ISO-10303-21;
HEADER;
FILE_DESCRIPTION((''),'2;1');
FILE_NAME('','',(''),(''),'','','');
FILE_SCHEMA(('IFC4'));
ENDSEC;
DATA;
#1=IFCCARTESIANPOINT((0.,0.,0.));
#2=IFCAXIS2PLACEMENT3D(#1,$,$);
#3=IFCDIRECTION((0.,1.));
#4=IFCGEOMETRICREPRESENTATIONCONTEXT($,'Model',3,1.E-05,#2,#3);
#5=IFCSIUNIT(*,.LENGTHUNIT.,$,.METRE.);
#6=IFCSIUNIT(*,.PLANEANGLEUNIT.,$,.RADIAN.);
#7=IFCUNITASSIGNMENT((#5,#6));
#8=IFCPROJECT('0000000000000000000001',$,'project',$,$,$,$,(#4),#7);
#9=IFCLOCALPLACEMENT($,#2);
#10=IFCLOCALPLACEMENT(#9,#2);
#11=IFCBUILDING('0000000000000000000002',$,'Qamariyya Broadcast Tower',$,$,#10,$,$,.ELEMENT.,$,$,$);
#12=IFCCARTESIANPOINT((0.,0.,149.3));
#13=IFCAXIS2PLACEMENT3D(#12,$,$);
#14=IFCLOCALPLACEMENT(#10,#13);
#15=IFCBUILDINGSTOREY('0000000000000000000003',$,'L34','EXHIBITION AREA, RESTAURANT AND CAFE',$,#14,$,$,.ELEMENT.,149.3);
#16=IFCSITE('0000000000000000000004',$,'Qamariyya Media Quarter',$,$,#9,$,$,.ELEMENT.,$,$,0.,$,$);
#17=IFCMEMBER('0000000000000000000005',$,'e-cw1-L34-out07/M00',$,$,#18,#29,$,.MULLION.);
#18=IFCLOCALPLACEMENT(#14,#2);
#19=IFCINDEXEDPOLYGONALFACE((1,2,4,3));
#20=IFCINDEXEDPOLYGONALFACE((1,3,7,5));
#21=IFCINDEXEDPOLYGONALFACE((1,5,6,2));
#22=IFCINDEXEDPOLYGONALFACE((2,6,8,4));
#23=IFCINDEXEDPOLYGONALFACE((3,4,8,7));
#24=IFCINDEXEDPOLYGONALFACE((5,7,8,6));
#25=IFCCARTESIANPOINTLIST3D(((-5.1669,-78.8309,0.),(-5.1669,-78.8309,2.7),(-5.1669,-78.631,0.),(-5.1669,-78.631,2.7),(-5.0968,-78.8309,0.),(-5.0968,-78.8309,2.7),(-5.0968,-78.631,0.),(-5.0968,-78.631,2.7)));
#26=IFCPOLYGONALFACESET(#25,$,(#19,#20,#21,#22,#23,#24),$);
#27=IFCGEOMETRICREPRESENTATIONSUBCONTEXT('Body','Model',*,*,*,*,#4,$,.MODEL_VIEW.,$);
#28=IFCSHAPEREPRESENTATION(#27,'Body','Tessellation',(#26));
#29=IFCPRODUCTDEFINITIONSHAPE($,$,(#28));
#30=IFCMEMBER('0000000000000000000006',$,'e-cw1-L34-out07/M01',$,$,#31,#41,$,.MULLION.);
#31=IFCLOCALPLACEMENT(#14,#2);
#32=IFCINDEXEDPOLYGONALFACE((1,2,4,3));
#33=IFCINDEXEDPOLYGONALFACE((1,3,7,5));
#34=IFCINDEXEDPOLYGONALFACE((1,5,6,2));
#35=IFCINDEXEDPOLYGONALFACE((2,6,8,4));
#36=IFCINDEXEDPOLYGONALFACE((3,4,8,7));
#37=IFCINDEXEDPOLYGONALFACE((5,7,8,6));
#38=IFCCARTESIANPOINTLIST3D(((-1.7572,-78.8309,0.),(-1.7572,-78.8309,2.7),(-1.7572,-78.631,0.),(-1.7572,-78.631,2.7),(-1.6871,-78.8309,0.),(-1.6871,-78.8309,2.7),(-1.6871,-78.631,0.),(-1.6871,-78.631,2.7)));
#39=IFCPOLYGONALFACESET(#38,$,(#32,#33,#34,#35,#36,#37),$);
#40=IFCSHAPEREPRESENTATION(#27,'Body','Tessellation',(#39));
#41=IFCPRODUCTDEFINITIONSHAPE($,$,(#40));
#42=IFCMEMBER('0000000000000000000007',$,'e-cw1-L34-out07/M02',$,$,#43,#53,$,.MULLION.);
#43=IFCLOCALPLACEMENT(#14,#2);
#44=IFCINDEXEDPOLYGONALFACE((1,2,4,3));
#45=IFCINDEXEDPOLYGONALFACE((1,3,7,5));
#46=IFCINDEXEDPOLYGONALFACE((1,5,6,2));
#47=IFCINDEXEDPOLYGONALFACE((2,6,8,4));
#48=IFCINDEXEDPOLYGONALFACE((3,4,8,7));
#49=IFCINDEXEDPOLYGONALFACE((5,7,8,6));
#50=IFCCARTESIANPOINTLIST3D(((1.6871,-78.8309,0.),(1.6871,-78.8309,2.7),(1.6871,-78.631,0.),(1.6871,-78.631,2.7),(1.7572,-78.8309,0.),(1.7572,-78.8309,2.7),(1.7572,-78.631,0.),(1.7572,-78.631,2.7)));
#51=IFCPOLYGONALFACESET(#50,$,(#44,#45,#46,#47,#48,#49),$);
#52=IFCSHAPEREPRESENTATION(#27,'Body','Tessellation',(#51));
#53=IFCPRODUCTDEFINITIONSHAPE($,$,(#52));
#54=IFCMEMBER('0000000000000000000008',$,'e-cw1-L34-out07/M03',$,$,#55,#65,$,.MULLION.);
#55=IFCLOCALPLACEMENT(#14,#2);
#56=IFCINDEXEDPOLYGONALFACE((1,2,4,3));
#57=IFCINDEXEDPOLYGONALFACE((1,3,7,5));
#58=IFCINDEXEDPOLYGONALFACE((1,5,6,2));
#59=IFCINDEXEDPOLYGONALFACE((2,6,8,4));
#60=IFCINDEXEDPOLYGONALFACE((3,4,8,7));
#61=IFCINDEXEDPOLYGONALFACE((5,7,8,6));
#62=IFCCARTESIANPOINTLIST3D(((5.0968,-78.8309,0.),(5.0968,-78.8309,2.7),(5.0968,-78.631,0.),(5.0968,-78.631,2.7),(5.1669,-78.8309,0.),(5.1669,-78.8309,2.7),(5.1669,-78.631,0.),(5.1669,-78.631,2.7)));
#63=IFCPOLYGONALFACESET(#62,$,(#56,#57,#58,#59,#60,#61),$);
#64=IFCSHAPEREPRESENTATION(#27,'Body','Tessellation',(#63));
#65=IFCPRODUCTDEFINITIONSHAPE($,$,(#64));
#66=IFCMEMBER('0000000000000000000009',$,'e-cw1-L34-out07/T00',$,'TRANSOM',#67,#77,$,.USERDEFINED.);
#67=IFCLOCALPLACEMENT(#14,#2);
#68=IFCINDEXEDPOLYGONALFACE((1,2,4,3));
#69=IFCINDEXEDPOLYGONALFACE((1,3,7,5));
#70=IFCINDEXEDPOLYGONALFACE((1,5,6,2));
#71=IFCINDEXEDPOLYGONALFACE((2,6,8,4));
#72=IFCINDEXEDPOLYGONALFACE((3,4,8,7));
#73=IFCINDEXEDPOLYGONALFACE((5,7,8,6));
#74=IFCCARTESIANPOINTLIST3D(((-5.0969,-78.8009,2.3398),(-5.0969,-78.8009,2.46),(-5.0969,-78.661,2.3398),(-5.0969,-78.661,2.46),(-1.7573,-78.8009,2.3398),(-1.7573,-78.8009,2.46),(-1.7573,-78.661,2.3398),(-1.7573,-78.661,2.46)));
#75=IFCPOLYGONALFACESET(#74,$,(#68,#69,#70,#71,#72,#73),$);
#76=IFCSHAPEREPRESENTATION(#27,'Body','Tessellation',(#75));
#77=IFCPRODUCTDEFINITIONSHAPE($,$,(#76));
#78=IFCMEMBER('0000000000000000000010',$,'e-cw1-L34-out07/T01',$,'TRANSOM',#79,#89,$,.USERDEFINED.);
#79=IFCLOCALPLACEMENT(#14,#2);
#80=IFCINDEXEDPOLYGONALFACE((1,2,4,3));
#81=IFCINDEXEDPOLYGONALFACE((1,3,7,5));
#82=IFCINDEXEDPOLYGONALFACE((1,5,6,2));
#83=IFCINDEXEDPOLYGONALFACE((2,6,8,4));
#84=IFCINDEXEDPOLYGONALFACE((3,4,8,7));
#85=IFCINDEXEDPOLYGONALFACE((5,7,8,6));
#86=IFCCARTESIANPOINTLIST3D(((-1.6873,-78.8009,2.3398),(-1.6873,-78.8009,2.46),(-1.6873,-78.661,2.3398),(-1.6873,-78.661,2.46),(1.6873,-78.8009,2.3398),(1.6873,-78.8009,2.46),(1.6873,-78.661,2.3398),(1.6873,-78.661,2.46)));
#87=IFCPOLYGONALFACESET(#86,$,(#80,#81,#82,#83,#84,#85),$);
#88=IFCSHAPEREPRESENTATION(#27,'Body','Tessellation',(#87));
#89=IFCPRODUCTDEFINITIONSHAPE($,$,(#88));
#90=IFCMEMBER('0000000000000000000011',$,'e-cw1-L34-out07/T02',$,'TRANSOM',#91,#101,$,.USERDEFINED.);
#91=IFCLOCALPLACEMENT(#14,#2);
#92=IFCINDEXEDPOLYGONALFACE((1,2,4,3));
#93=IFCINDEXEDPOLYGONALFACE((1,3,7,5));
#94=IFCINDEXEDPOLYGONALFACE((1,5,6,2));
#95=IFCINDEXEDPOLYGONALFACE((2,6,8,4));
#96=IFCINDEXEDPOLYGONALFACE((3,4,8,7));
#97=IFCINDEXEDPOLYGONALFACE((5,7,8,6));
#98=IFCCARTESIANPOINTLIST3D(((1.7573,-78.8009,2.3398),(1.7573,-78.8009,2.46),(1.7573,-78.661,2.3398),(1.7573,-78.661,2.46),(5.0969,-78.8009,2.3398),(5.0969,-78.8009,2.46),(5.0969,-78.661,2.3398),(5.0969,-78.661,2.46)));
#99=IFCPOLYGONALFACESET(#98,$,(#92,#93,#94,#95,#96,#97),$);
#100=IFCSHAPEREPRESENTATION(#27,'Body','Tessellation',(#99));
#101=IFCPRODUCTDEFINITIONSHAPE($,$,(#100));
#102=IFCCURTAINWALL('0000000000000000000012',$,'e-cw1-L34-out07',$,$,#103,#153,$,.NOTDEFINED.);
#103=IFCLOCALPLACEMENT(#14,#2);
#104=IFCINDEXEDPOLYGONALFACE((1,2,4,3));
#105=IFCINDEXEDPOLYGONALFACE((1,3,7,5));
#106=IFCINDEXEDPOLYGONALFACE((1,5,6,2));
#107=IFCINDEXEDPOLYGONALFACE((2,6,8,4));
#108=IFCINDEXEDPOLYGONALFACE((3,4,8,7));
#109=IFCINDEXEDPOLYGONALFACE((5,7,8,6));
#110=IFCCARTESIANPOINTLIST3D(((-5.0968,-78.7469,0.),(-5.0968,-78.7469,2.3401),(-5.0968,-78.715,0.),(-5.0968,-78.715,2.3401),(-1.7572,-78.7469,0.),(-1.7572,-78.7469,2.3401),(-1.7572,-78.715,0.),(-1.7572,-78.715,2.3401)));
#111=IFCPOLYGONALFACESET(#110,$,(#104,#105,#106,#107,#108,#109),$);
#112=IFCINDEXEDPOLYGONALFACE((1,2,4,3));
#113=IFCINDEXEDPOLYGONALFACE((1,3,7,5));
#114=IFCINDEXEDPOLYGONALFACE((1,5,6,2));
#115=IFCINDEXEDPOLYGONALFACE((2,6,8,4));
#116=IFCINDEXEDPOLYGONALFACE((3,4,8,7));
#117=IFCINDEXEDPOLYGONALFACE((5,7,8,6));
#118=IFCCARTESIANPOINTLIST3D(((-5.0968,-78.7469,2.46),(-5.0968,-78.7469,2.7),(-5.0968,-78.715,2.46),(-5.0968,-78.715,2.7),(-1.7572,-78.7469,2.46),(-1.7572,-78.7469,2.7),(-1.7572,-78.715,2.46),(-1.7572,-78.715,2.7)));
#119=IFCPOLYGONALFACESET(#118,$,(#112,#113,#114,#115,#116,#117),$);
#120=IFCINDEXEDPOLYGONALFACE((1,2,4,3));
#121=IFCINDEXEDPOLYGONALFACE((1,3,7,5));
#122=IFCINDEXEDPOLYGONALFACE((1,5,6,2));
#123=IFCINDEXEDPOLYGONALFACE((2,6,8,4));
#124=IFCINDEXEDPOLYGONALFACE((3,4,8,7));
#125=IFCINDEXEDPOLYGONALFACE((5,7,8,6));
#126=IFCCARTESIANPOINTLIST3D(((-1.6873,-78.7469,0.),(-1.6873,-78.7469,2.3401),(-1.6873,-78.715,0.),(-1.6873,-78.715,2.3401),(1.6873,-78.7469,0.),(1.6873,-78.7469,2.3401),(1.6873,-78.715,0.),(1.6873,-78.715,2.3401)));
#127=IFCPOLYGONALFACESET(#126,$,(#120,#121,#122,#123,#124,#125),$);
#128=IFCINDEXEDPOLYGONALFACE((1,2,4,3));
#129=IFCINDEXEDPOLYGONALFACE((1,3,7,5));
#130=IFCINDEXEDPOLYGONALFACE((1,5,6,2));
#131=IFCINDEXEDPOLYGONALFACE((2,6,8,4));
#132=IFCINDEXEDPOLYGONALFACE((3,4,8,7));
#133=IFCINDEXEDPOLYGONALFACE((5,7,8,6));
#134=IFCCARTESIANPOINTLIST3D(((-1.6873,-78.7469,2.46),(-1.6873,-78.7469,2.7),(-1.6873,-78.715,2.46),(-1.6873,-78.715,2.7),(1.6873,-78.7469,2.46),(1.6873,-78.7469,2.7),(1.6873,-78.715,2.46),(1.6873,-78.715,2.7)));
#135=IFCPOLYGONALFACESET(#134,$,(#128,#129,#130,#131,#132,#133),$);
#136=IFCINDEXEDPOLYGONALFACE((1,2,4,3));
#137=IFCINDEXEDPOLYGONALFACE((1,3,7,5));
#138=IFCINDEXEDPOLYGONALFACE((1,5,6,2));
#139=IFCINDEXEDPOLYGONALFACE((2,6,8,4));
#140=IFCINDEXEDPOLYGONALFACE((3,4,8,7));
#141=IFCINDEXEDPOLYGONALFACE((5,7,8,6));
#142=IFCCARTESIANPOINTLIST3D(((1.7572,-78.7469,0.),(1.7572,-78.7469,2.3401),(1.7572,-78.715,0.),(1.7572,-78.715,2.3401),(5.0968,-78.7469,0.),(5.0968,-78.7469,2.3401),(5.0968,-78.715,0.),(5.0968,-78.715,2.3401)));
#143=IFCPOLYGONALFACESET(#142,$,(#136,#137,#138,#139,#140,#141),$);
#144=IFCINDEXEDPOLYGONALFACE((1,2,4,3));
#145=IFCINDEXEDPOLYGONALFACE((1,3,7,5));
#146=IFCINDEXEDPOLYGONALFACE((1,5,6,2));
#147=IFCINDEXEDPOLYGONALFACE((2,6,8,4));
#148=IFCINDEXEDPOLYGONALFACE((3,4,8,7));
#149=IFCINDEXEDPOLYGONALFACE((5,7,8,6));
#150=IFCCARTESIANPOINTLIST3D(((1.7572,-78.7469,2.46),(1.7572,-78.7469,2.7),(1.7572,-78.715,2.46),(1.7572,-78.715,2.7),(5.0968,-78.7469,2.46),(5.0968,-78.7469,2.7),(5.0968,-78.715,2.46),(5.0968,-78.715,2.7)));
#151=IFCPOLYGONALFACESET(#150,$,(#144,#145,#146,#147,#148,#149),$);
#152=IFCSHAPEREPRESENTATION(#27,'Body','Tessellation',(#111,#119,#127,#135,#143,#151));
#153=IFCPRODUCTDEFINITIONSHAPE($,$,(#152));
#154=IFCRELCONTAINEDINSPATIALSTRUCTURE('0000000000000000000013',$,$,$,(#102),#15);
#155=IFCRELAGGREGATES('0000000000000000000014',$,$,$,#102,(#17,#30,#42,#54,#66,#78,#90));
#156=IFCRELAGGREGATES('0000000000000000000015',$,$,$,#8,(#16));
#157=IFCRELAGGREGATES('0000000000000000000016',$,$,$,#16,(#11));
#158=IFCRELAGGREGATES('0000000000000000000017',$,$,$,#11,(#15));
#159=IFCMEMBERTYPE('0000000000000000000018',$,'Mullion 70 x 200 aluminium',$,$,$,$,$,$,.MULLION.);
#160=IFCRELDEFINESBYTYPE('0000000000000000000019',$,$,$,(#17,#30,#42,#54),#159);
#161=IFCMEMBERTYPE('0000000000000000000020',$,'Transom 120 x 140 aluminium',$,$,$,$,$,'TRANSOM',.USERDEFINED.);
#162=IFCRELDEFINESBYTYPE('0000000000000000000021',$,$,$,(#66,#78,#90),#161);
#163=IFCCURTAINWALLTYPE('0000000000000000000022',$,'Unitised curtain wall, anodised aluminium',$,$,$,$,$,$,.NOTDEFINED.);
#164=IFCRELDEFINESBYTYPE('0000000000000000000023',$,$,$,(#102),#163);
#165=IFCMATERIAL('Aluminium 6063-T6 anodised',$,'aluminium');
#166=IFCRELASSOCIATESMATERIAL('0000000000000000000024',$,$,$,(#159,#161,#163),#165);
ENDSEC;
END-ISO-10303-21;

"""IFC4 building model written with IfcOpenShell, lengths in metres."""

from ifc_helpers import new_model, si_unit, direction, frame, origin, origin_2d, place, context, subcontext, project, spatial, rectangle, extrude, material, material_profile, profile_set, type_object, element, aggregate, save


model = new_model("IFC4")

# Units and contexts
model_context = context("Model", 3, precision=1e-05, world=origin(), true_north=direction((0.0, 1.0)))
body_context = subcontext(model_context, "Body", "Model", "MODEL_VIEW")
ifc_project = project(units=[si_unit("LENGTHUNIT", "METRE"), si_unit("PLANEANGLEUNIT", "RADIAN")], contexts=[model_context])

# Members
ifc_material = material(Name="Aluminium 6063-T6 anodised", Category="aluminium")
ifc_material_profile_1 = material_profile(ifc_material, rectangle(XDim=0.2, YDim=0.0701, at=origin_2d()))
ifc_profile_set_1 = profile_set([ifc_material_profile_1], Name="Aluminium 6063-T6 anodised")
member_type_1 = type_object("IfcMemberType", Name="Mullion 70 x 200 aluminium", PredefinedType="MULLION", material=ifc_profile_set_1)
site_placement = place(None, origin())
building_placement = place(site_placement, origin())
storey_placement = place(building_placement, frame((0.0, 0.0, 149.3)))
member_1_placement = place(storey_placement, frame((-5.1318, -78.731, 0.0), z_axis=(0.0, 0.0, 1.0), x_axis=(0.0, 1.0, 0.0)))
member_1 = element("IfcMember", 1, at=member_1_placement, type_object=member_type_1, Name="e-cw1-L34-out07/M00", PredefinedType="MULLION", context=body_context, shape_type="SweptSolid", body=[
    extrude(rectangle(XDim=0.2, YDim=0.0701, at=origin_2d()), origin(), (0.0, 0.0, 1.0), 2.7),
])
member_2_placement = place(storey_placement, frame((-1.7222, -78.731, 0.0), z_axis=(0.0, 0.0, 1.0), x_axis=(0.0, 1.0, 0.0)))
member_2 = element("IfcMember", 2, at=member_2_placement, type_object=member_type_1, Name="e-cw1-L34-out07/M01", PredefinedType="MULLION", context=body_context, shape_type="SweptSolid", body=[
    extrude(rectangle(XDim=0.2, YDim=0.0701, at=origin_2d()), origin(), (0.0, 0.0, 1.0), 2.7),
])
member_3_placement = place(storey_placement, frame((1.7222, -78.731, 0.0), z_axis=(0.0, 0.0, 1.0), x_axis=(0.0, 1.0, 0.0)))
member_3 = element("IfcMember", 3, at=member_3_placement, type_object=member_type_1, Name="e-cw1-L34-out07/M02", PredefinedType="MULLION", context=body_context, shape_type="SweptSolid", body=[
    extrude(rectangle(XDim=0.2, YDim=0.0701, at=origin_2d()), origin(), (0.0, 0.0, 1.0), 2.7),
])
member_4_placement = place(storey_placement, frame((5.1318, -78.731, 0.0), z_axis=(0.0, 0.0, 1.0), x_axis=(0.0, 1.0, 0.0)))
member_4 = element("IfcMember", 4, at=member_4_placement, type_object=member_type_1, Name="e-cw1-L34-out07/M03", PredefinedType="MULLION", context=body_context, shape_type="SweptSolid", body=[
    extrude(rectangle(XDim=0.2, YDim=0.0701, at=origin_2d()), origin(), (0.0, 0.0, 1.0), 2.7),
])
ifc_material_profile_2 = material_profile(ifc_material, rectangle(XDim=0.1399, YDim=0.1201, at=origin_2d()))
ifc_profile_set_2 = profile_set([ifc_material_profile_2], Name="Aluminium 6063-T6 anodised")
member_type_2 = type_object("IfcMemberType", Name="Transom 120 x 140 aluminium", ElementType="TRANSOM", PredefinedType="USERDEFINED", material=ifc_profile_set_2)
member_5_placement = place(storey_placement, frame((-5.0969, -78.731, 2.3999), z_axis=(1.0, 0.0, 0.0), x_axis=(0.0, 1.0, 0.0)))
member_5 = element("IfcMember", 5, at=member_5_placement, type_object=member_type_2, Name="e-cw1-L34-out07/T00", ObjectType="TRANSOM", PredefinedType="USERDEFINED", context=body_context, shape_type="SweptSolid", body=[
    extrude(rectangle(XDim=0.1399, YDim=0.1201, at=origin_2d()), origin(), (0.0, 0.0, 1.0), 3.3396),
])
member_6_placement = place(storey_placement, frame((-1.6873, -78.731, 2.3999), z_axis=(1.0, 0.0, 0.0), x_axis=(0.0, 1.0, 0.0)))
member_6 = element("IfcMember", 6, at=member_6_placement, type_object=member_type_2, Name="e-cw1-L34-out07/T01", ObjectType="TRANSOM", PredefinedType="USERDEFINED", context=body_context, shape_type="SweptSolid", body=[
    extrude(rectangle(XDim=0.1399, YDim=0.1201, at=origin_2d()), origin(), (0.0, 0.0, 1.0), 3.3745),
])
member_7_placement = place(storey_placement, frame((1.7573, -78.731, 2.3999), z_axis=(1.0, 0.0, 0.0), x_axis=(0.0, 1.0, 0.0)))
member_7 = element("IfcMember", 7, at=member_7_placement, type_object=member_type_2, Name="e-cw1-L34-out07/T02", ObjectType="TRANSOM", PredefinedType="USERDEFINED", context=body_context, shape_type="SweptSolid", body=[
    extrude(rectangle(XDim=0.1399, YDim=0.1201, at=origin_2d()), origin(), (0.0, 0.0, 1.0), 3.3396),
])

# Site, building, storey
site = spatial("IfcSite", under=ifc_project, at=site_placement, Name="Qamariyya Media Quarter", CompositionType="ELEMENT", RefElevation=0.0)
building = spatial("IfcBuilding", under=site, at=building_placement, Name="Qamariyya Broadcast Tower", CompositionType="ELEMENT")
storey = spatial("IfcBuildingStorey", under=building, at=storey_placement, Name="L34", Description="EXHIBITION AREA, RESTAURANT AND CAFE", CompositionType="ELEMENT", Elevation=149.3)

# Curtain wall
curtain_wall_type = type_object("IfcCurtainWallType", Name="Unitised curtain wall, anodised aluminium", PredefinedType="NOTDEFINED", material=ifc_material)
curtain_wall_1_placement = place(storey_placement, origin())
curtain_wall_1 = element("IfcCurtainWall", 8, at=curtain_wall_1_placement, inside=storey, type_object=curtain_wall_type, Name="e-cw1-L34-out07", PredefinedType="NOTDEFINED", context=body_context, shape_type="SweptSolid", body=[
    extrude(rectangle(XDim=3.3396, YDim=0.032, at=origin_2d()), frame((-3.427, -78.731, 0.0), x_axis=(1.0, 0.0, 0.0)), (0.0, 0.0, 1.0), 2.3401),
    extrude(rectangle(XDim=3.3396, YDim=0.032, at=origin_2d()), frame((-3.427, -78.731, 2.46), x_axis=(1.0, 0.0, 0.0)), (0.0, 0.0, 1.0), 0.24),
    extrude(rectangle(XDim=3.3745, YDim=0.032, at=origin_2d()), frame((0.0, -78.731, 0.0), x_axis=(1.0, 0.0, 0.0)), (0.0, 0.0, 1.0), 2.3401),
    extrude(rectangle(XDim=3.3745, YDim=0.032, at=origin_2d()), frame((0.0, -78.731, 2.46), x_axis=(1.0, 0.0, 0.0)), (0.0, 0.0, 1.0), 0.24),
    extrude(rectangle(XDim=3.3396, YDim=0.032, at=origin_2d()), frame((3.427, -78.731, 0.0), x_axis=(1.0, 0.0, 0.0)), (0.0, 0.0, 1.0), 2.3401),
    extrude(rectangle(XDim=3.3396, YDim=0.032, at=origin_2d()), frame((3.427, -78.731, 2.46), x_axis=(1.0, 0.0, 0.0)), (0.0, 0.0, 1.0), 0.24),
])
aggregate(curtain_wall_1, [member_1, member_2, member_3, member_4, member_5, member_6, member_7])

save(model, "model.ifc")
